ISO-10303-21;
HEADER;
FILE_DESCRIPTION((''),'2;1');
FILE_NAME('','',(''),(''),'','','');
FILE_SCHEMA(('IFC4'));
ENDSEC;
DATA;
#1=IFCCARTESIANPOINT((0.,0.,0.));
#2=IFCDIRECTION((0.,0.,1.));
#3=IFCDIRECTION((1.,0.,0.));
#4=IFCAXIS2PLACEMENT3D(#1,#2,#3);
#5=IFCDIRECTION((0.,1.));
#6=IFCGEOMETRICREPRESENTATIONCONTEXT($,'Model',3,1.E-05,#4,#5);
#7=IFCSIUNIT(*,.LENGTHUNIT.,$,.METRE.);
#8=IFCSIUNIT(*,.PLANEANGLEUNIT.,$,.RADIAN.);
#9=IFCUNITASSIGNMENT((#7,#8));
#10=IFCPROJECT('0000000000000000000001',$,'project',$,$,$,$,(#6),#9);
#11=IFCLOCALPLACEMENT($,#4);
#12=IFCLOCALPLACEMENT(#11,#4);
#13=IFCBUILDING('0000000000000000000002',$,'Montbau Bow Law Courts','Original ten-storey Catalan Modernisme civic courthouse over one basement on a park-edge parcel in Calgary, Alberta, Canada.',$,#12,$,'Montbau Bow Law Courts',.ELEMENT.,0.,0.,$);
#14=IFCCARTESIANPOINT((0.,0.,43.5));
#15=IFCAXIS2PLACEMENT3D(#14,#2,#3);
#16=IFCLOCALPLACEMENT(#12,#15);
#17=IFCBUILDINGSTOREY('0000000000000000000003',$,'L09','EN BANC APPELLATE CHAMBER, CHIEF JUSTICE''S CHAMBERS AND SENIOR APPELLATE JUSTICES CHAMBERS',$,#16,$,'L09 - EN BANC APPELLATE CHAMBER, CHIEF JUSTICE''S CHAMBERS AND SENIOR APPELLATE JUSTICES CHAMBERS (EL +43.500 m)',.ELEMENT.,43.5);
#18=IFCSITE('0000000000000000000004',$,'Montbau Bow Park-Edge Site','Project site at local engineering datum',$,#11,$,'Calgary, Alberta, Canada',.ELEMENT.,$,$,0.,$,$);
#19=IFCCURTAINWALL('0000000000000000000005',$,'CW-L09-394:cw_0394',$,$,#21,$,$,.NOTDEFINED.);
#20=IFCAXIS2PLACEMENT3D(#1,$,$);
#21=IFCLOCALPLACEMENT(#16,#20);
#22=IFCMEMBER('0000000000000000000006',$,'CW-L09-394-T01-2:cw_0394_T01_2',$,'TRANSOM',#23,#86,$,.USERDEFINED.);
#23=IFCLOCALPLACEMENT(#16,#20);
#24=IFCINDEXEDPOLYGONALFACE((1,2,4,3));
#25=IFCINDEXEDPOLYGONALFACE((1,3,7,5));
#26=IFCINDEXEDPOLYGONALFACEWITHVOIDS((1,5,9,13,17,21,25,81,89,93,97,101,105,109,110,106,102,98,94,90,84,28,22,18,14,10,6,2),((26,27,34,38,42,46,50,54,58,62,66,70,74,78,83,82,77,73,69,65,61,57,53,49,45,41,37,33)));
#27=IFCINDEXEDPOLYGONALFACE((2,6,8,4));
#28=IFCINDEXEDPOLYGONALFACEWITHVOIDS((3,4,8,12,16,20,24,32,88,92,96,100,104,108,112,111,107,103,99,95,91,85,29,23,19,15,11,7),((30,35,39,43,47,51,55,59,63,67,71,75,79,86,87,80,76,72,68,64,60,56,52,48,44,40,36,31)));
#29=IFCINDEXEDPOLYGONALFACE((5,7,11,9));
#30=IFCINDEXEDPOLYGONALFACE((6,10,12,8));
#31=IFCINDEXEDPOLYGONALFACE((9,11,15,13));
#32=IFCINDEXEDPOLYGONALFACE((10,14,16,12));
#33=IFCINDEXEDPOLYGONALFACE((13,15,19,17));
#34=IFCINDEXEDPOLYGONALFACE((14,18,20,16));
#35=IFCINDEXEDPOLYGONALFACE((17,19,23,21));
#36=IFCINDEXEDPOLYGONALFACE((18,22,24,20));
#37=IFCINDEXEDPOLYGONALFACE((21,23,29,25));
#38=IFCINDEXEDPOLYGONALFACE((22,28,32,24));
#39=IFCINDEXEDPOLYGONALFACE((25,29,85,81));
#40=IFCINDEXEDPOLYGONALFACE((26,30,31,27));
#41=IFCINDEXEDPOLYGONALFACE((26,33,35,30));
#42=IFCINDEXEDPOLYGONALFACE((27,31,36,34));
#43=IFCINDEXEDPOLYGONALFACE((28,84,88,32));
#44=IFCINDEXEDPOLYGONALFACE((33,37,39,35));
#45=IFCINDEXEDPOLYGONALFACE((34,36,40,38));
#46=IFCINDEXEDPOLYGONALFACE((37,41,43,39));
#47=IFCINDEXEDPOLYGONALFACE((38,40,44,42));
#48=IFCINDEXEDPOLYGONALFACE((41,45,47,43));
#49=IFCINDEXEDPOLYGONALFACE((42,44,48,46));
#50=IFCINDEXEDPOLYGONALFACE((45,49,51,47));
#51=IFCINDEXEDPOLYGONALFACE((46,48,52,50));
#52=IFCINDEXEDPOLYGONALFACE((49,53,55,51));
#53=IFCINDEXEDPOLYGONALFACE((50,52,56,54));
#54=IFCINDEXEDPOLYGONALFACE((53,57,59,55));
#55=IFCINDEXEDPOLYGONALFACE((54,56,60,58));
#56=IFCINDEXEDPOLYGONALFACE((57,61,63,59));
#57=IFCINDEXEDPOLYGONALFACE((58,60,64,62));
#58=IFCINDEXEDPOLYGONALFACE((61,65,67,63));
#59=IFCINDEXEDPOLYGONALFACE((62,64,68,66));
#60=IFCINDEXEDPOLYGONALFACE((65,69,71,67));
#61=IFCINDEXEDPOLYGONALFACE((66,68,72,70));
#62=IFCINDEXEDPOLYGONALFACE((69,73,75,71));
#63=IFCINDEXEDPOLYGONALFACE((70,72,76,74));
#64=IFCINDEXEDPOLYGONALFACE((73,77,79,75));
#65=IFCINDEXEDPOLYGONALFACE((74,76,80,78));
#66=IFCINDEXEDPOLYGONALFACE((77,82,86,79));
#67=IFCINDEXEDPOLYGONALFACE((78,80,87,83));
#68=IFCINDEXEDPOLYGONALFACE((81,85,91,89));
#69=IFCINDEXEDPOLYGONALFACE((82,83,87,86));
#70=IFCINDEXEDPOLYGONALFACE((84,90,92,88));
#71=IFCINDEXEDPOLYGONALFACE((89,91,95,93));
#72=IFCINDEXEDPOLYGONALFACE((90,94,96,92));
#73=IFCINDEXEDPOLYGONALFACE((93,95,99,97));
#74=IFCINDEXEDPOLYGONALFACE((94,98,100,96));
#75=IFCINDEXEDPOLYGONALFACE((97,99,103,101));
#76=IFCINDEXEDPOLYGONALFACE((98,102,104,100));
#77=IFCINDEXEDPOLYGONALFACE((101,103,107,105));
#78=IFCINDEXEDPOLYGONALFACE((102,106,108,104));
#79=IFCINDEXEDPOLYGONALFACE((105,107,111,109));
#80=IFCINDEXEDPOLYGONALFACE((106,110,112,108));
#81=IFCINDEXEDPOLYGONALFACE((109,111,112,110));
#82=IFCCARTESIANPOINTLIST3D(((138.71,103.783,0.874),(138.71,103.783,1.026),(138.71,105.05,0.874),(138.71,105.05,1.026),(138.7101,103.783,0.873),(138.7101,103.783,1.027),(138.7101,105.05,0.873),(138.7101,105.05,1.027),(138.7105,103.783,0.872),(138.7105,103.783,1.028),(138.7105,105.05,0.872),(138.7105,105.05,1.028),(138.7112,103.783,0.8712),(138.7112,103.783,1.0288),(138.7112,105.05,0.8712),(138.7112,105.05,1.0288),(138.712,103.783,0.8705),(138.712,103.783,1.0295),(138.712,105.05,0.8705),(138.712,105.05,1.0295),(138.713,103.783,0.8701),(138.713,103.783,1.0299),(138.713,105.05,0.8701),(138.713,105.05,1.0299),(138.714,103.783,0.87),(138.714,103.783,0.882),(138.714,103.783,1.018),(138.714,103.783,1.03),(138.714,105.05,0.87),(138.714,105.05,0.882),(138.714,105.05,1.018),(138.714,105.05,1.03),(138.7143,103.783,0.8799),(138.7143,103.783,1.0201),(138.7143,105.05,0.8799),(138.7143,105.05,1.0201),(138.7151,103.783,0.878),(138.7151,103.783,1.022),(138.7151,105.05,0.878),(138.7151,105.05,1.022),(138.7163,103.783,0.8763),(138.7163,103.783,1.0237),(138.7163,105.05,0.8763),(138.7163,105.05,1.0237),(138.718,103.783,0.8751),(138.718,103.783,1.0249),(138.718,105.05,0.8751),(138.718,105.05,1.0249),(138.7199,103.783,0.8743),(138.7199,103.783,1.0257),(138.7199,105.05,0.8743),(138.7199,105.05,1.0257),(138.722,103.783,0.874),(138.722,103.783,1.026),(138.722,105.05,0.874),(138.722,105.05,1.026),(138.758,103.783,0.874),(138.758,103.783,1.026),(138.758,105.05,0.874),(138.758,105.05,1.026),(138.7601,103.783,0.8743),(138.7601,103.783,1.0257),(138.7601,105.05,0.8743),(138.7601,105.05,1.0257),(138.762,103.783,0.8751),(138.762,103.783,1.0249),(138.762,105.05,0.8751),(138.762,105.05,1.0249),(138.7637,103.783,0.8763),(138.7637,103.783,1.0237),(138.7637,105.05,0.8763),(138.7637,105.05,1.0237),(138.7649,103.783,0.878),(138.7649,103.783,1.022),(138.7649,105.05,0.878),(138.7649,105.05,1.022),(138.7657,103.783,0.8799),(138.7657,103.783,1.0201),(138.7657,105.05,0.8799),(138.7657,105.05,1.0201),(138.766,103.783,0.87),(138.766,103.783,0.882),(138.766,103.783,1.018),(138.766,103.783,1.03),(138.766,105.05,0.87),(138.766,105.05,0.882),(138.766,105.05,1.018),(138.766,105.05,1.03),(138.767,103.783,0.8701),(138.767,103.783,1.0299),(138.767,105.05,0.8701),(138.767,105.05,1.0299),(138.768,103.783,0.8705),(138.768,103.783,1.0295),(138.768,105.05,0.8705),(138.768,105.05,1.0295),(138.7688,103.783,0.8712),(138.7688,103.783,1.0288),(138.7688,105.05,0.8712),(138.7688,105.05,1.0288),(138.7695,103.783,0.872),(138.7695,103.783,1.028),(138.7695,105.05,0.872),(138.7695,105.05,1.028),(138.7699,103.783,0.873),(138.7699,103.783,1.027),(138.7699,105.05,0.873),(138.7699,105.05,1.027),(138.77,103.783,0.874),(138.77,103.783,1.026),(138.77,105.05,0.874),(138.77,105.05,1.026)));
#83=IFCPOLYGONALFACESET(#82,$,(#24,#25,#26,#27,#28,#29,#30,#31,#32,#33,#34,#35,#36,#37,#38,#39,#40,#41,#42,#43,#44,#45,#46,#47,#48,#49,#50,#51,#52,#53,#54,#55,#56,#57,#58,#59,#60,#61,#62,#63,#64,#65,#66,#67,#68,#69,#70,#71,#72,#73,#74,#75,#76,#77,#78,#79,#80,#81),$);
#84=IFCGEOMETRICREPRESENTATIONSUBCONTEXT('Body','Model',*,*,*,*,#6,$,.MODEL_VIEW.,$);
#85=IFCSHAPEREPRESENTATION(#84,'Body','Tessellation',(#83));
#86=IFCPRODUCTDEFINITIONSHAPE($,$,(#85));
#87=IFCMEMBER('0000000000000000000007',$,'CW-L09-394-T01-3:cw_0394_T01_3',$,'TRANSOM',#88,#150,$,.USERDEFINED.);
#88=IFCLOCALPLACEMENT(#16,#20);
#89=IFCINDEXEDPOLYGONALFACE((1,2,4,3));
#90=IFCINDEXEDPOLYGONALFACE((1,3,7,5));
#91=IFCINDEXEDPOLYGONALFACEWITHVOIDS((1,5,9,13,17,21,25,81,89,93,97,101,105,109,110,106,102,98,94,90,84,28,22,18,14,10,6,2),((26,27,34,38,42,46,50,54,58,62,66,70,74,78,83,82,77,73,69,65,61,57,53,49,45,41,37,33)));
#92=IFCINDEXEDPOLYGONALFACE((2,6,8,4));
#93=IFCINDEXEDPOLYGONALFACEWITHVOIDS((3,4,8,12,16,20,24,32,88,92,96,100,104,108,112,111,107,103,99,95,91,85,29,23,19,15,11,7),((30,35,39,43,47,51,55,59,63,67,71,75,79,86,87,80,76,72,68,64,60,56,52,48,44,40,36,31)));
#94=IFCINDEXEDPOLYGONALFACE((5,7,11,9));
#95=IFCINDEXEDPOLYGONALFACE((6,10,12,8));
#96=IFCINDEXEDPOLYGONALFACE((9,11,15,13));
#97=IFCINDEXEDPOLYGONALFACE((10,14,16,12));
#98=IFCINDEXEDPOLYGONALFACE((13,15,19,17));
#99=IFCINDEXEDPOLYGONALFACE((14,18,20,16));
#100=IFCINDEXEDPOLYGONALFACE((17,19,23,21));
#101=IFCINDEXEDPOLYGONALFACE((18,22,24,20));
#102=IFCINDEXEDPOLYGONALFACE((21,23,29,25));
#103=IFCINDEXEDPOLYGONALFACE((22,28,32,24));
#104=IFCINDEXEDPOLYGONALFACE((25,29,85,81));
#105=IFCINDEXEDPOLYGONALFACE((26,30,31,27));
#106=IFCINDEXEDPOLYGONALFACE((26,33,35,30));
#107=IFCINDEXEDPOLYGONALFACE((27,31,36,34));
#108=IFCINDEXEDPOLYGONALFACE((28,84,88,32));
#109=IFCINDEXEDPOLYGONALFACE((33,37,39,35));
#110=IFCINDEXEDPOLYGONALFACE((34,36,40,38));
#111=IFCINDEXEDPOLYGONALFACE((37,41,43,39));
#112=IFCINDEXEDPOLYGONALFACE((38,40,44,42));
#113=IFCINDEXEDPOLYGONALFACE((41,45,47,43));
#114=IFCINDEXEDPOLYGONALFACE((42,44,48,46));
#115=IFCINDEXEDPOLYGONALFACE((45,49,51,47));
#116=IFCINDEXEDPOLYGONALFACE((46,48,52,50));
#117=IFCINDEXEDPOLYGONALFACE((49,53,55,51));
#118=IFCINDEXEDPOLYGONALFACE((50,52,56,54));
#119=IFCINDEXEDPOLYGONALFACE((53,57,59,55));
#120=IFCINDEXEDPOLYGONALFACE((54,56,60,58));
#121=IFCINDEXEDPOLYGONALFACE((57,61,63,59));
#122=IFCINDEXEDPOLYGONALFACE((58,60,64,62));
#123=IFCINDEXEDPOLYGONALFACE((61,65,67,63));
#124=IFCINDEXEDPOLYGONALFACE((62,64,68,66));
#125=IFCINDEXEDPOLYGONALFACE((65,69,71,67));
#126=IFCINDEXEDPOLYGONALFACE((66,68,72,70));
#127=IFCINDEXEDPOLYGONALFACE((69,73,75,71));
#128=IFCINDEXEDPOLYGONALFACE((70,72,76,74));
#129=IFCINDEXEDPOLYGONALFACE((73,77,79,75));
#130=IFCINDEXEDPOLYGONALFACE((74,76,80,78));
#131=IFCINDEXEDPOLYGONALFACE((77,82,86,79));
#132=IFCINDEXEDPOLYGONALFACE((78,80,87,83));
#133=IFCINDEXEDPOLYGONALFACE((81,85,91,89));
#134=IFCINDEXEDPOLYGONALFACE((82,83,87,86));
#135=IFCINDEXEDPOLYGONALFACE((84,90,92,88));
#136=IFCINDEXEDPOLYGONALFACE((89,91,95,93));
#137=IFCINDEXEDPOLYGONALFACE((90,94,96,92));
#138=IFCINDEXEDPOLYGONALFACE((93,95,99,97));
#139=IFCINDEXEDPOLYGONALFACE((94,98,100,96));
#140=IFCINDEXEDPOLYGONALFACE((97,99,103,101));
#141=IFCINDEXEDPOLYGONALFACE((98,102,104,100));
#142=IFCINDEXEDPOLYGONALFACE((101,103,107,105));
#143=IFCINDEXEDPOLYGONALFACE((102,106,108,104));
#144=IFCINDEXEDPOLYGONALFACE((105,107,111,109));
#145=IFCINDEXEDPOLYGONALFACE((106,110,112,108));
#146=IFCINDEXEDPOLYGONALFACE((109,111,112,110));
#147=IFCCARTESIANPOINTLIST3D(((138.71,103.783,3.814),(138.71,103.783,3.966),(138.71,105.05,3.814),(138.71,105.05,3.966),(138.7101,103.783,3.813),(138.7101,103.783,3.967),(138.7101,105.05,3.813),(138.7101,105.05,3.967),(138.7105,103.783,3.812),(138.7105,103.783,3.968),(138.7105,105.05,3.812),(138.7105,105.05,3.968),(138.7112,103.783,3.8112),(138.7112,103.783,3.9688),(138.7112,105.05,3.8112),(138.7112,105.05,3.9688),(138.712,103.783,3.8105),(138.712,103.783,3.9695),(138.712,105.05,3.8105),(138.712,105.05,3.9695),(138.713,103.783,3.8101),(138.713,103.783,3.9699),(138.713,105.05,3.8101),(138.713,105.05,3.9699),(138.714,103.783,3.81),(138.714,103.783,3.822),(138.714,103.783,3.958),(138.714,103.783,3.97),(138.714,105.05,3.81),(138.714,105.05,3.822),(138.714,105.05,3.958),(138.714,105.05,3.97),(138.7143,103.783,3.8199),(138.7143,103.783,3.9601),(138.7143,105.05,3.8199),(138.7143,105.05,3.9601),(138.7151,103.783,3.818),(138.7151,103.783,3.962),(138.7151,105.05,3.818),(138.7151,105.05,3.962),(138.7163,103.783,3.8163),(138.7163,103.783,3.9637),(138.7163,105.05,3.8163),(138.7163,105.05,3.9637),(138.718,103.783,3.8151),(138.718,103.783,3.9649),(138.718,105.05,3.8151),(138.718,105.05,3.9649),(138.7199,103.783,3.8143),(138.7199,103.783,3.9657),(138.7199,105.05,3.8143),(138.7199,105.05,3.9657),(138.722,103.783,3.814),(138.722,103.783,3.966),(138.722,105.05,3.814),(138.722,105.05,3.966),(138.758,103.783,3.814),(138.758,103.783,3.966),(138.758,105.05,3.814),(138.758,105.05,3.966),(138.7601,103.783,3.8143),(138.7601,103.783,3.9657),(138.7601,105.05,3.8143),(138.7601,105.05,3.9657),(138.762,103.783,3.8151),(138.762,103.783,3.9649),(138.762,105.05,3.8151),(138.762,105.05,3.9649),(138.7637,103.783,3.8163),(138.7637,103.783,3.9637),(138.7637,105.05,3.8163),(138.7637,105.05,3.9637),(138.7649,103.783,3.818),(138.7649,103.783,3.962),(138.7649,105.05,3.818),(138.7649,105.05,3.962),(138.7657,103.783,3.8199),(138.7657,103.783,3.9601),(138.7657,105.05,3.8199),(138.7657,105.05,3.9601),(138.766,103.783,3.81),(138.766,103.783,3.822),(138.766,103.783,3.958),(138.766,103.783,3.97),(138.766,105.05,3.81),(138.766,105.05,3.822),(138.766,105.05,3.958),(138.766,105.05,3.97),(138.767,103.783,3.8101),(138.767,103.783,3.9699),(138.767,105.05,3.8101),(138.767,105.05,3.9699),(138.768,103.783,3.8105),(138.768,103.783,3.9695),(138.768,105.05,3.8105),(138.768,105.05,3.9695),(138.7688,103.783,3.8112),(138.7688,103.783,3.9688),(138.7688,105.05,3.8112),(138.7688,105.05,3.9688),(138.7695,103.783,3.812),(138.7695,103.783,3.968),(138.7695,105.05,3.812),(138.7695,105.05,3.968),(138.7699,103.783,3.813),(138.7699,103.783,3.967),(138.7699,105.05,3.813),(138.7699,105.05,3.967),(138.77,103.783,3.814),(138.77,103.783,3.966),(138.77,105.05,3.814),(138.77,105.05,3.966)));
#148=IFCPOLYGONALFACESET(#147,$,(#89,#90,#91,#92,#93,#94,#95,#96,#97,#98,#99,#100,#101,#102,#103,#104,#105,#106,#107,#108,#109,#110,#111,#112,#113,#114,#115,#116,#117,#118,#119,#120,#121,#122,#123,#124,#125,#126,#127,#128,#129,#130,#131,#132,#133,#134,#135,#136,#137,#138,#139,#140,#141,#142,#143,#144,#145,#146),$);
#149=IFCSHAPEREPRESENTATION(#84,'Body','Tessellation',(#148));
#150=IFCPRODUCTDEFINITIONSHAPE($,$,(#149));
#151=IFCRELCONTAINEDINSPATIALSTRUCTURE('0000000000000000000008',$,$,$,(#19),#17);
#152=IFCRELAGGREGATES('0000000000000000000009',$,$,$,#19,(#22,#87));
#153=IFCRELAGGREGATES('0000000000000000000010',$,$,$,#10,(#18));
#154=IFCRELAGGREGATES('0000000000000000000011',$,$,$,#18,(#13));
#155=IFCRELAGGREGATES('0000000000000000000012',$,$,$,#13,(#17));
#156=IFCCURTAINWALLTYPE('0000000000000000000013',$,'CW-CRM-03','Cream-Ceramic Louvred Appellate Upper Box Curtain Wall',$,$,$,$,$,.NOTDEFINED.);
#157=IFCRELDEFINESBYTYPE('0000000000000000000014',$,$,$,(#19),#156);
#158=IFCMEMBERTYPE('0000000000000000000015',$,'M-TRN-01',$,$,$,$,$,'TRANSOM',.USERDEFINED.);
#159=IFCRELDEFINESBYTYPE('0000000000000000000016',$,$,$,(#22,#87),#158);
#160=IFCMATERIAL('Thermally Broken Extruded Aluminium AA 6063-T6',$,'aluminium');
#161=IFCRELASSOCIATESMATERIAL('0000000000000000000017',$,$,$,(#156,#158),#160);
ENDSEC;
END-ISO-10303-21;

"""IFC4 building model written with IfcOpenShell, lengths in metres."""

from ifc_helpers import new_model, si_unit, direction, frame, origin_with_axes, origin_2d_with_axis, place, context, subcontext, project, spatial, hollow_rectangle, extrude, material, material_profile, profile_set, type_object, element, aggregate, save


model = new_model("IFC4")

# Units and contexts
model_context = context("Model", 3, precision=1e-05, world=origin_with_axes(), true_north=direction((0.0, 1.0)))
body_context = subcontext(model_context, "Body", "Model", "MODEL_VIEW")
ifc_project = project(units=[si_unit("LENGTHUNIT", "METRE"), si_unit("PLANEANGLEUNIT", "RADIAN")], contexts=[model_context])

# Site, building, storey
site_placement = place(None, origin_with_axes())
site = spatial("IfcSite", under=ifc_project, at=site_placement, Name="Montbau Bow Park-Edge Site", Description="Project site at local engineering datum", LongName="Calgary, Alberta, Canada", CompositionType="ELEMENT", RefElevation=0.0)
building_placement = place(site_placement, origin_with_axes())
building = spatial("IfcBuilding", under=site, at=building_placement, Name="Montbau Bow Law Courts", Description="Original ten-storey Catalan Modernisme civic courthouse over one basement on a park-edge parcel in Calgary, Alberta, Canada.", LongName="Montbau Bow Law Courts", CompositionType="ELEMENT", ElevationOfRefHeight=0.0, ElevationOfTerrain=0.0)
storey_placement = place(building_placement, frame((0.0, 0.0, 43.5), z_axis=(0.0, 0.0, 1.0), x_axis=(1.0, 0.0, 0.0)))
storey = spatial("IfcBuildingStorey", under=building, at=storey_placement, Name="L09", Description="EN BANC APPELLATE CHAMBER, CHIEF JUSTICE'S CHAMBERS AND SENIOR APPELLATE JUSTICES CHAMBERS", LongName="L09 - EN BANC APPELLATE CHAMBER, CHIEF JUSTICE'S CHAMBERS AND SENIOR APPELLATE JUSTICES CHAMBERS (EL +43.500 m)", CompositionType="ELEMENT", Elevation=43.5)

# Shared definitions
ifc_material_1 = material(Name="Thermally Broken Extruded Aluminium AA 6063-T6", Category="aluminium")
curtain_wall_type = type_object("IfcCurtainWallType", Name="CW-CRM-03", Description="Cream-Ceramic Louvred Appellate Upper Box Curtain Wall", PredefinedType="NOTDEFINED", material=ifc_material_1)

# Curtain wall, members
curtain_wall_1_placement = place(None, frame((138.74, 103.715, 43.5), z_axis=(0.0, 0.0, 1.0), x_axis=(1.0, 0.0, 0.0)))
curtain_wall_1 = element("IfcCurtainWall", 1, at=curtain_wall_1_placement, inside=storey, type_object=curtain_wall_type, Name="CW-L09-394:cw_0394", PredefinedType="NOTDEFINED")
ifc_material_profile_1 = material_profile(ifc_material_1, hollow_rectangle(XDim=0.06, YDim=0.16, WallThickness=0.004, InnerFilletRadius=0.008, OuterFilletRadius=0.004, at=origin_2d_with_axis()), Name="CWT-160X60", Category="Main", Priority=0)
ifc_profile_set_1 = profile_set([ifc_material_profile_1], Name="Thermally Broken Extruded Aluminium AA 6063-T6")
member_type_1 = type_object("IfcMemberType", Name="M-TRN-01", ElementType="TRANSOM", PredefinedType="USERDEFINED", material=ifc_profile_set_1)
member_1_placement = place(None, frame((138.74, 103.783, 44.45), z_axis=(0.0, 1.0, 0.0), x_axis=(-1.0, 0.0, 0.0)))
member_1 = element("IfcMember", 2, at=member_1_placement, type_object=member_type_1, Name="CW-L09-394-T01-2:cw_0394_T01_2", ObjectType="TRANSOM", PredefinedType="USERDEFINED", context=body_context, shape_type="SweptSolid", body=[
    extrude(hollow_rectangle(XDim=0.06, YDim=0.16, WallThickness=0.004, InnerFilletRadius=0.008, OuterFilletRadius=0.004, at=origin_2d_with_axis()), origin_with_axes(), (0.0, 0.0, 1.0), 1.267),
])
member_2_placement = place(None, frame((138.74, 103.783, 47.39), z_axis=(0.0, 1.0, 0.0), x_axis=(-1.0, 0.0, 0.0)))
member_2 = element("IfcMember", 3, at=member_2_placement, type_object=member_type_1, Name="CW-L09-394-T01-3:cw_0394_T01_3", ObjectType="TRANSOM", PredefinedType="USERDEFINED", context=body_context, shape_type="SweptSolid", body=[
    extrude(hollow_rectangle(XDim=0.06, YDim=0.16, WallThickness=0.004, InnerFilletRadius=0.008, OuterFilletRadius=0.004, at=origin_2d_with_axis()), origin_with_axes(), (0.0, 0.0, 1.0), 1.267),
])

aggregate(curtain_wall_1, [member_1, member_2])

save(model, "model.ifc")
